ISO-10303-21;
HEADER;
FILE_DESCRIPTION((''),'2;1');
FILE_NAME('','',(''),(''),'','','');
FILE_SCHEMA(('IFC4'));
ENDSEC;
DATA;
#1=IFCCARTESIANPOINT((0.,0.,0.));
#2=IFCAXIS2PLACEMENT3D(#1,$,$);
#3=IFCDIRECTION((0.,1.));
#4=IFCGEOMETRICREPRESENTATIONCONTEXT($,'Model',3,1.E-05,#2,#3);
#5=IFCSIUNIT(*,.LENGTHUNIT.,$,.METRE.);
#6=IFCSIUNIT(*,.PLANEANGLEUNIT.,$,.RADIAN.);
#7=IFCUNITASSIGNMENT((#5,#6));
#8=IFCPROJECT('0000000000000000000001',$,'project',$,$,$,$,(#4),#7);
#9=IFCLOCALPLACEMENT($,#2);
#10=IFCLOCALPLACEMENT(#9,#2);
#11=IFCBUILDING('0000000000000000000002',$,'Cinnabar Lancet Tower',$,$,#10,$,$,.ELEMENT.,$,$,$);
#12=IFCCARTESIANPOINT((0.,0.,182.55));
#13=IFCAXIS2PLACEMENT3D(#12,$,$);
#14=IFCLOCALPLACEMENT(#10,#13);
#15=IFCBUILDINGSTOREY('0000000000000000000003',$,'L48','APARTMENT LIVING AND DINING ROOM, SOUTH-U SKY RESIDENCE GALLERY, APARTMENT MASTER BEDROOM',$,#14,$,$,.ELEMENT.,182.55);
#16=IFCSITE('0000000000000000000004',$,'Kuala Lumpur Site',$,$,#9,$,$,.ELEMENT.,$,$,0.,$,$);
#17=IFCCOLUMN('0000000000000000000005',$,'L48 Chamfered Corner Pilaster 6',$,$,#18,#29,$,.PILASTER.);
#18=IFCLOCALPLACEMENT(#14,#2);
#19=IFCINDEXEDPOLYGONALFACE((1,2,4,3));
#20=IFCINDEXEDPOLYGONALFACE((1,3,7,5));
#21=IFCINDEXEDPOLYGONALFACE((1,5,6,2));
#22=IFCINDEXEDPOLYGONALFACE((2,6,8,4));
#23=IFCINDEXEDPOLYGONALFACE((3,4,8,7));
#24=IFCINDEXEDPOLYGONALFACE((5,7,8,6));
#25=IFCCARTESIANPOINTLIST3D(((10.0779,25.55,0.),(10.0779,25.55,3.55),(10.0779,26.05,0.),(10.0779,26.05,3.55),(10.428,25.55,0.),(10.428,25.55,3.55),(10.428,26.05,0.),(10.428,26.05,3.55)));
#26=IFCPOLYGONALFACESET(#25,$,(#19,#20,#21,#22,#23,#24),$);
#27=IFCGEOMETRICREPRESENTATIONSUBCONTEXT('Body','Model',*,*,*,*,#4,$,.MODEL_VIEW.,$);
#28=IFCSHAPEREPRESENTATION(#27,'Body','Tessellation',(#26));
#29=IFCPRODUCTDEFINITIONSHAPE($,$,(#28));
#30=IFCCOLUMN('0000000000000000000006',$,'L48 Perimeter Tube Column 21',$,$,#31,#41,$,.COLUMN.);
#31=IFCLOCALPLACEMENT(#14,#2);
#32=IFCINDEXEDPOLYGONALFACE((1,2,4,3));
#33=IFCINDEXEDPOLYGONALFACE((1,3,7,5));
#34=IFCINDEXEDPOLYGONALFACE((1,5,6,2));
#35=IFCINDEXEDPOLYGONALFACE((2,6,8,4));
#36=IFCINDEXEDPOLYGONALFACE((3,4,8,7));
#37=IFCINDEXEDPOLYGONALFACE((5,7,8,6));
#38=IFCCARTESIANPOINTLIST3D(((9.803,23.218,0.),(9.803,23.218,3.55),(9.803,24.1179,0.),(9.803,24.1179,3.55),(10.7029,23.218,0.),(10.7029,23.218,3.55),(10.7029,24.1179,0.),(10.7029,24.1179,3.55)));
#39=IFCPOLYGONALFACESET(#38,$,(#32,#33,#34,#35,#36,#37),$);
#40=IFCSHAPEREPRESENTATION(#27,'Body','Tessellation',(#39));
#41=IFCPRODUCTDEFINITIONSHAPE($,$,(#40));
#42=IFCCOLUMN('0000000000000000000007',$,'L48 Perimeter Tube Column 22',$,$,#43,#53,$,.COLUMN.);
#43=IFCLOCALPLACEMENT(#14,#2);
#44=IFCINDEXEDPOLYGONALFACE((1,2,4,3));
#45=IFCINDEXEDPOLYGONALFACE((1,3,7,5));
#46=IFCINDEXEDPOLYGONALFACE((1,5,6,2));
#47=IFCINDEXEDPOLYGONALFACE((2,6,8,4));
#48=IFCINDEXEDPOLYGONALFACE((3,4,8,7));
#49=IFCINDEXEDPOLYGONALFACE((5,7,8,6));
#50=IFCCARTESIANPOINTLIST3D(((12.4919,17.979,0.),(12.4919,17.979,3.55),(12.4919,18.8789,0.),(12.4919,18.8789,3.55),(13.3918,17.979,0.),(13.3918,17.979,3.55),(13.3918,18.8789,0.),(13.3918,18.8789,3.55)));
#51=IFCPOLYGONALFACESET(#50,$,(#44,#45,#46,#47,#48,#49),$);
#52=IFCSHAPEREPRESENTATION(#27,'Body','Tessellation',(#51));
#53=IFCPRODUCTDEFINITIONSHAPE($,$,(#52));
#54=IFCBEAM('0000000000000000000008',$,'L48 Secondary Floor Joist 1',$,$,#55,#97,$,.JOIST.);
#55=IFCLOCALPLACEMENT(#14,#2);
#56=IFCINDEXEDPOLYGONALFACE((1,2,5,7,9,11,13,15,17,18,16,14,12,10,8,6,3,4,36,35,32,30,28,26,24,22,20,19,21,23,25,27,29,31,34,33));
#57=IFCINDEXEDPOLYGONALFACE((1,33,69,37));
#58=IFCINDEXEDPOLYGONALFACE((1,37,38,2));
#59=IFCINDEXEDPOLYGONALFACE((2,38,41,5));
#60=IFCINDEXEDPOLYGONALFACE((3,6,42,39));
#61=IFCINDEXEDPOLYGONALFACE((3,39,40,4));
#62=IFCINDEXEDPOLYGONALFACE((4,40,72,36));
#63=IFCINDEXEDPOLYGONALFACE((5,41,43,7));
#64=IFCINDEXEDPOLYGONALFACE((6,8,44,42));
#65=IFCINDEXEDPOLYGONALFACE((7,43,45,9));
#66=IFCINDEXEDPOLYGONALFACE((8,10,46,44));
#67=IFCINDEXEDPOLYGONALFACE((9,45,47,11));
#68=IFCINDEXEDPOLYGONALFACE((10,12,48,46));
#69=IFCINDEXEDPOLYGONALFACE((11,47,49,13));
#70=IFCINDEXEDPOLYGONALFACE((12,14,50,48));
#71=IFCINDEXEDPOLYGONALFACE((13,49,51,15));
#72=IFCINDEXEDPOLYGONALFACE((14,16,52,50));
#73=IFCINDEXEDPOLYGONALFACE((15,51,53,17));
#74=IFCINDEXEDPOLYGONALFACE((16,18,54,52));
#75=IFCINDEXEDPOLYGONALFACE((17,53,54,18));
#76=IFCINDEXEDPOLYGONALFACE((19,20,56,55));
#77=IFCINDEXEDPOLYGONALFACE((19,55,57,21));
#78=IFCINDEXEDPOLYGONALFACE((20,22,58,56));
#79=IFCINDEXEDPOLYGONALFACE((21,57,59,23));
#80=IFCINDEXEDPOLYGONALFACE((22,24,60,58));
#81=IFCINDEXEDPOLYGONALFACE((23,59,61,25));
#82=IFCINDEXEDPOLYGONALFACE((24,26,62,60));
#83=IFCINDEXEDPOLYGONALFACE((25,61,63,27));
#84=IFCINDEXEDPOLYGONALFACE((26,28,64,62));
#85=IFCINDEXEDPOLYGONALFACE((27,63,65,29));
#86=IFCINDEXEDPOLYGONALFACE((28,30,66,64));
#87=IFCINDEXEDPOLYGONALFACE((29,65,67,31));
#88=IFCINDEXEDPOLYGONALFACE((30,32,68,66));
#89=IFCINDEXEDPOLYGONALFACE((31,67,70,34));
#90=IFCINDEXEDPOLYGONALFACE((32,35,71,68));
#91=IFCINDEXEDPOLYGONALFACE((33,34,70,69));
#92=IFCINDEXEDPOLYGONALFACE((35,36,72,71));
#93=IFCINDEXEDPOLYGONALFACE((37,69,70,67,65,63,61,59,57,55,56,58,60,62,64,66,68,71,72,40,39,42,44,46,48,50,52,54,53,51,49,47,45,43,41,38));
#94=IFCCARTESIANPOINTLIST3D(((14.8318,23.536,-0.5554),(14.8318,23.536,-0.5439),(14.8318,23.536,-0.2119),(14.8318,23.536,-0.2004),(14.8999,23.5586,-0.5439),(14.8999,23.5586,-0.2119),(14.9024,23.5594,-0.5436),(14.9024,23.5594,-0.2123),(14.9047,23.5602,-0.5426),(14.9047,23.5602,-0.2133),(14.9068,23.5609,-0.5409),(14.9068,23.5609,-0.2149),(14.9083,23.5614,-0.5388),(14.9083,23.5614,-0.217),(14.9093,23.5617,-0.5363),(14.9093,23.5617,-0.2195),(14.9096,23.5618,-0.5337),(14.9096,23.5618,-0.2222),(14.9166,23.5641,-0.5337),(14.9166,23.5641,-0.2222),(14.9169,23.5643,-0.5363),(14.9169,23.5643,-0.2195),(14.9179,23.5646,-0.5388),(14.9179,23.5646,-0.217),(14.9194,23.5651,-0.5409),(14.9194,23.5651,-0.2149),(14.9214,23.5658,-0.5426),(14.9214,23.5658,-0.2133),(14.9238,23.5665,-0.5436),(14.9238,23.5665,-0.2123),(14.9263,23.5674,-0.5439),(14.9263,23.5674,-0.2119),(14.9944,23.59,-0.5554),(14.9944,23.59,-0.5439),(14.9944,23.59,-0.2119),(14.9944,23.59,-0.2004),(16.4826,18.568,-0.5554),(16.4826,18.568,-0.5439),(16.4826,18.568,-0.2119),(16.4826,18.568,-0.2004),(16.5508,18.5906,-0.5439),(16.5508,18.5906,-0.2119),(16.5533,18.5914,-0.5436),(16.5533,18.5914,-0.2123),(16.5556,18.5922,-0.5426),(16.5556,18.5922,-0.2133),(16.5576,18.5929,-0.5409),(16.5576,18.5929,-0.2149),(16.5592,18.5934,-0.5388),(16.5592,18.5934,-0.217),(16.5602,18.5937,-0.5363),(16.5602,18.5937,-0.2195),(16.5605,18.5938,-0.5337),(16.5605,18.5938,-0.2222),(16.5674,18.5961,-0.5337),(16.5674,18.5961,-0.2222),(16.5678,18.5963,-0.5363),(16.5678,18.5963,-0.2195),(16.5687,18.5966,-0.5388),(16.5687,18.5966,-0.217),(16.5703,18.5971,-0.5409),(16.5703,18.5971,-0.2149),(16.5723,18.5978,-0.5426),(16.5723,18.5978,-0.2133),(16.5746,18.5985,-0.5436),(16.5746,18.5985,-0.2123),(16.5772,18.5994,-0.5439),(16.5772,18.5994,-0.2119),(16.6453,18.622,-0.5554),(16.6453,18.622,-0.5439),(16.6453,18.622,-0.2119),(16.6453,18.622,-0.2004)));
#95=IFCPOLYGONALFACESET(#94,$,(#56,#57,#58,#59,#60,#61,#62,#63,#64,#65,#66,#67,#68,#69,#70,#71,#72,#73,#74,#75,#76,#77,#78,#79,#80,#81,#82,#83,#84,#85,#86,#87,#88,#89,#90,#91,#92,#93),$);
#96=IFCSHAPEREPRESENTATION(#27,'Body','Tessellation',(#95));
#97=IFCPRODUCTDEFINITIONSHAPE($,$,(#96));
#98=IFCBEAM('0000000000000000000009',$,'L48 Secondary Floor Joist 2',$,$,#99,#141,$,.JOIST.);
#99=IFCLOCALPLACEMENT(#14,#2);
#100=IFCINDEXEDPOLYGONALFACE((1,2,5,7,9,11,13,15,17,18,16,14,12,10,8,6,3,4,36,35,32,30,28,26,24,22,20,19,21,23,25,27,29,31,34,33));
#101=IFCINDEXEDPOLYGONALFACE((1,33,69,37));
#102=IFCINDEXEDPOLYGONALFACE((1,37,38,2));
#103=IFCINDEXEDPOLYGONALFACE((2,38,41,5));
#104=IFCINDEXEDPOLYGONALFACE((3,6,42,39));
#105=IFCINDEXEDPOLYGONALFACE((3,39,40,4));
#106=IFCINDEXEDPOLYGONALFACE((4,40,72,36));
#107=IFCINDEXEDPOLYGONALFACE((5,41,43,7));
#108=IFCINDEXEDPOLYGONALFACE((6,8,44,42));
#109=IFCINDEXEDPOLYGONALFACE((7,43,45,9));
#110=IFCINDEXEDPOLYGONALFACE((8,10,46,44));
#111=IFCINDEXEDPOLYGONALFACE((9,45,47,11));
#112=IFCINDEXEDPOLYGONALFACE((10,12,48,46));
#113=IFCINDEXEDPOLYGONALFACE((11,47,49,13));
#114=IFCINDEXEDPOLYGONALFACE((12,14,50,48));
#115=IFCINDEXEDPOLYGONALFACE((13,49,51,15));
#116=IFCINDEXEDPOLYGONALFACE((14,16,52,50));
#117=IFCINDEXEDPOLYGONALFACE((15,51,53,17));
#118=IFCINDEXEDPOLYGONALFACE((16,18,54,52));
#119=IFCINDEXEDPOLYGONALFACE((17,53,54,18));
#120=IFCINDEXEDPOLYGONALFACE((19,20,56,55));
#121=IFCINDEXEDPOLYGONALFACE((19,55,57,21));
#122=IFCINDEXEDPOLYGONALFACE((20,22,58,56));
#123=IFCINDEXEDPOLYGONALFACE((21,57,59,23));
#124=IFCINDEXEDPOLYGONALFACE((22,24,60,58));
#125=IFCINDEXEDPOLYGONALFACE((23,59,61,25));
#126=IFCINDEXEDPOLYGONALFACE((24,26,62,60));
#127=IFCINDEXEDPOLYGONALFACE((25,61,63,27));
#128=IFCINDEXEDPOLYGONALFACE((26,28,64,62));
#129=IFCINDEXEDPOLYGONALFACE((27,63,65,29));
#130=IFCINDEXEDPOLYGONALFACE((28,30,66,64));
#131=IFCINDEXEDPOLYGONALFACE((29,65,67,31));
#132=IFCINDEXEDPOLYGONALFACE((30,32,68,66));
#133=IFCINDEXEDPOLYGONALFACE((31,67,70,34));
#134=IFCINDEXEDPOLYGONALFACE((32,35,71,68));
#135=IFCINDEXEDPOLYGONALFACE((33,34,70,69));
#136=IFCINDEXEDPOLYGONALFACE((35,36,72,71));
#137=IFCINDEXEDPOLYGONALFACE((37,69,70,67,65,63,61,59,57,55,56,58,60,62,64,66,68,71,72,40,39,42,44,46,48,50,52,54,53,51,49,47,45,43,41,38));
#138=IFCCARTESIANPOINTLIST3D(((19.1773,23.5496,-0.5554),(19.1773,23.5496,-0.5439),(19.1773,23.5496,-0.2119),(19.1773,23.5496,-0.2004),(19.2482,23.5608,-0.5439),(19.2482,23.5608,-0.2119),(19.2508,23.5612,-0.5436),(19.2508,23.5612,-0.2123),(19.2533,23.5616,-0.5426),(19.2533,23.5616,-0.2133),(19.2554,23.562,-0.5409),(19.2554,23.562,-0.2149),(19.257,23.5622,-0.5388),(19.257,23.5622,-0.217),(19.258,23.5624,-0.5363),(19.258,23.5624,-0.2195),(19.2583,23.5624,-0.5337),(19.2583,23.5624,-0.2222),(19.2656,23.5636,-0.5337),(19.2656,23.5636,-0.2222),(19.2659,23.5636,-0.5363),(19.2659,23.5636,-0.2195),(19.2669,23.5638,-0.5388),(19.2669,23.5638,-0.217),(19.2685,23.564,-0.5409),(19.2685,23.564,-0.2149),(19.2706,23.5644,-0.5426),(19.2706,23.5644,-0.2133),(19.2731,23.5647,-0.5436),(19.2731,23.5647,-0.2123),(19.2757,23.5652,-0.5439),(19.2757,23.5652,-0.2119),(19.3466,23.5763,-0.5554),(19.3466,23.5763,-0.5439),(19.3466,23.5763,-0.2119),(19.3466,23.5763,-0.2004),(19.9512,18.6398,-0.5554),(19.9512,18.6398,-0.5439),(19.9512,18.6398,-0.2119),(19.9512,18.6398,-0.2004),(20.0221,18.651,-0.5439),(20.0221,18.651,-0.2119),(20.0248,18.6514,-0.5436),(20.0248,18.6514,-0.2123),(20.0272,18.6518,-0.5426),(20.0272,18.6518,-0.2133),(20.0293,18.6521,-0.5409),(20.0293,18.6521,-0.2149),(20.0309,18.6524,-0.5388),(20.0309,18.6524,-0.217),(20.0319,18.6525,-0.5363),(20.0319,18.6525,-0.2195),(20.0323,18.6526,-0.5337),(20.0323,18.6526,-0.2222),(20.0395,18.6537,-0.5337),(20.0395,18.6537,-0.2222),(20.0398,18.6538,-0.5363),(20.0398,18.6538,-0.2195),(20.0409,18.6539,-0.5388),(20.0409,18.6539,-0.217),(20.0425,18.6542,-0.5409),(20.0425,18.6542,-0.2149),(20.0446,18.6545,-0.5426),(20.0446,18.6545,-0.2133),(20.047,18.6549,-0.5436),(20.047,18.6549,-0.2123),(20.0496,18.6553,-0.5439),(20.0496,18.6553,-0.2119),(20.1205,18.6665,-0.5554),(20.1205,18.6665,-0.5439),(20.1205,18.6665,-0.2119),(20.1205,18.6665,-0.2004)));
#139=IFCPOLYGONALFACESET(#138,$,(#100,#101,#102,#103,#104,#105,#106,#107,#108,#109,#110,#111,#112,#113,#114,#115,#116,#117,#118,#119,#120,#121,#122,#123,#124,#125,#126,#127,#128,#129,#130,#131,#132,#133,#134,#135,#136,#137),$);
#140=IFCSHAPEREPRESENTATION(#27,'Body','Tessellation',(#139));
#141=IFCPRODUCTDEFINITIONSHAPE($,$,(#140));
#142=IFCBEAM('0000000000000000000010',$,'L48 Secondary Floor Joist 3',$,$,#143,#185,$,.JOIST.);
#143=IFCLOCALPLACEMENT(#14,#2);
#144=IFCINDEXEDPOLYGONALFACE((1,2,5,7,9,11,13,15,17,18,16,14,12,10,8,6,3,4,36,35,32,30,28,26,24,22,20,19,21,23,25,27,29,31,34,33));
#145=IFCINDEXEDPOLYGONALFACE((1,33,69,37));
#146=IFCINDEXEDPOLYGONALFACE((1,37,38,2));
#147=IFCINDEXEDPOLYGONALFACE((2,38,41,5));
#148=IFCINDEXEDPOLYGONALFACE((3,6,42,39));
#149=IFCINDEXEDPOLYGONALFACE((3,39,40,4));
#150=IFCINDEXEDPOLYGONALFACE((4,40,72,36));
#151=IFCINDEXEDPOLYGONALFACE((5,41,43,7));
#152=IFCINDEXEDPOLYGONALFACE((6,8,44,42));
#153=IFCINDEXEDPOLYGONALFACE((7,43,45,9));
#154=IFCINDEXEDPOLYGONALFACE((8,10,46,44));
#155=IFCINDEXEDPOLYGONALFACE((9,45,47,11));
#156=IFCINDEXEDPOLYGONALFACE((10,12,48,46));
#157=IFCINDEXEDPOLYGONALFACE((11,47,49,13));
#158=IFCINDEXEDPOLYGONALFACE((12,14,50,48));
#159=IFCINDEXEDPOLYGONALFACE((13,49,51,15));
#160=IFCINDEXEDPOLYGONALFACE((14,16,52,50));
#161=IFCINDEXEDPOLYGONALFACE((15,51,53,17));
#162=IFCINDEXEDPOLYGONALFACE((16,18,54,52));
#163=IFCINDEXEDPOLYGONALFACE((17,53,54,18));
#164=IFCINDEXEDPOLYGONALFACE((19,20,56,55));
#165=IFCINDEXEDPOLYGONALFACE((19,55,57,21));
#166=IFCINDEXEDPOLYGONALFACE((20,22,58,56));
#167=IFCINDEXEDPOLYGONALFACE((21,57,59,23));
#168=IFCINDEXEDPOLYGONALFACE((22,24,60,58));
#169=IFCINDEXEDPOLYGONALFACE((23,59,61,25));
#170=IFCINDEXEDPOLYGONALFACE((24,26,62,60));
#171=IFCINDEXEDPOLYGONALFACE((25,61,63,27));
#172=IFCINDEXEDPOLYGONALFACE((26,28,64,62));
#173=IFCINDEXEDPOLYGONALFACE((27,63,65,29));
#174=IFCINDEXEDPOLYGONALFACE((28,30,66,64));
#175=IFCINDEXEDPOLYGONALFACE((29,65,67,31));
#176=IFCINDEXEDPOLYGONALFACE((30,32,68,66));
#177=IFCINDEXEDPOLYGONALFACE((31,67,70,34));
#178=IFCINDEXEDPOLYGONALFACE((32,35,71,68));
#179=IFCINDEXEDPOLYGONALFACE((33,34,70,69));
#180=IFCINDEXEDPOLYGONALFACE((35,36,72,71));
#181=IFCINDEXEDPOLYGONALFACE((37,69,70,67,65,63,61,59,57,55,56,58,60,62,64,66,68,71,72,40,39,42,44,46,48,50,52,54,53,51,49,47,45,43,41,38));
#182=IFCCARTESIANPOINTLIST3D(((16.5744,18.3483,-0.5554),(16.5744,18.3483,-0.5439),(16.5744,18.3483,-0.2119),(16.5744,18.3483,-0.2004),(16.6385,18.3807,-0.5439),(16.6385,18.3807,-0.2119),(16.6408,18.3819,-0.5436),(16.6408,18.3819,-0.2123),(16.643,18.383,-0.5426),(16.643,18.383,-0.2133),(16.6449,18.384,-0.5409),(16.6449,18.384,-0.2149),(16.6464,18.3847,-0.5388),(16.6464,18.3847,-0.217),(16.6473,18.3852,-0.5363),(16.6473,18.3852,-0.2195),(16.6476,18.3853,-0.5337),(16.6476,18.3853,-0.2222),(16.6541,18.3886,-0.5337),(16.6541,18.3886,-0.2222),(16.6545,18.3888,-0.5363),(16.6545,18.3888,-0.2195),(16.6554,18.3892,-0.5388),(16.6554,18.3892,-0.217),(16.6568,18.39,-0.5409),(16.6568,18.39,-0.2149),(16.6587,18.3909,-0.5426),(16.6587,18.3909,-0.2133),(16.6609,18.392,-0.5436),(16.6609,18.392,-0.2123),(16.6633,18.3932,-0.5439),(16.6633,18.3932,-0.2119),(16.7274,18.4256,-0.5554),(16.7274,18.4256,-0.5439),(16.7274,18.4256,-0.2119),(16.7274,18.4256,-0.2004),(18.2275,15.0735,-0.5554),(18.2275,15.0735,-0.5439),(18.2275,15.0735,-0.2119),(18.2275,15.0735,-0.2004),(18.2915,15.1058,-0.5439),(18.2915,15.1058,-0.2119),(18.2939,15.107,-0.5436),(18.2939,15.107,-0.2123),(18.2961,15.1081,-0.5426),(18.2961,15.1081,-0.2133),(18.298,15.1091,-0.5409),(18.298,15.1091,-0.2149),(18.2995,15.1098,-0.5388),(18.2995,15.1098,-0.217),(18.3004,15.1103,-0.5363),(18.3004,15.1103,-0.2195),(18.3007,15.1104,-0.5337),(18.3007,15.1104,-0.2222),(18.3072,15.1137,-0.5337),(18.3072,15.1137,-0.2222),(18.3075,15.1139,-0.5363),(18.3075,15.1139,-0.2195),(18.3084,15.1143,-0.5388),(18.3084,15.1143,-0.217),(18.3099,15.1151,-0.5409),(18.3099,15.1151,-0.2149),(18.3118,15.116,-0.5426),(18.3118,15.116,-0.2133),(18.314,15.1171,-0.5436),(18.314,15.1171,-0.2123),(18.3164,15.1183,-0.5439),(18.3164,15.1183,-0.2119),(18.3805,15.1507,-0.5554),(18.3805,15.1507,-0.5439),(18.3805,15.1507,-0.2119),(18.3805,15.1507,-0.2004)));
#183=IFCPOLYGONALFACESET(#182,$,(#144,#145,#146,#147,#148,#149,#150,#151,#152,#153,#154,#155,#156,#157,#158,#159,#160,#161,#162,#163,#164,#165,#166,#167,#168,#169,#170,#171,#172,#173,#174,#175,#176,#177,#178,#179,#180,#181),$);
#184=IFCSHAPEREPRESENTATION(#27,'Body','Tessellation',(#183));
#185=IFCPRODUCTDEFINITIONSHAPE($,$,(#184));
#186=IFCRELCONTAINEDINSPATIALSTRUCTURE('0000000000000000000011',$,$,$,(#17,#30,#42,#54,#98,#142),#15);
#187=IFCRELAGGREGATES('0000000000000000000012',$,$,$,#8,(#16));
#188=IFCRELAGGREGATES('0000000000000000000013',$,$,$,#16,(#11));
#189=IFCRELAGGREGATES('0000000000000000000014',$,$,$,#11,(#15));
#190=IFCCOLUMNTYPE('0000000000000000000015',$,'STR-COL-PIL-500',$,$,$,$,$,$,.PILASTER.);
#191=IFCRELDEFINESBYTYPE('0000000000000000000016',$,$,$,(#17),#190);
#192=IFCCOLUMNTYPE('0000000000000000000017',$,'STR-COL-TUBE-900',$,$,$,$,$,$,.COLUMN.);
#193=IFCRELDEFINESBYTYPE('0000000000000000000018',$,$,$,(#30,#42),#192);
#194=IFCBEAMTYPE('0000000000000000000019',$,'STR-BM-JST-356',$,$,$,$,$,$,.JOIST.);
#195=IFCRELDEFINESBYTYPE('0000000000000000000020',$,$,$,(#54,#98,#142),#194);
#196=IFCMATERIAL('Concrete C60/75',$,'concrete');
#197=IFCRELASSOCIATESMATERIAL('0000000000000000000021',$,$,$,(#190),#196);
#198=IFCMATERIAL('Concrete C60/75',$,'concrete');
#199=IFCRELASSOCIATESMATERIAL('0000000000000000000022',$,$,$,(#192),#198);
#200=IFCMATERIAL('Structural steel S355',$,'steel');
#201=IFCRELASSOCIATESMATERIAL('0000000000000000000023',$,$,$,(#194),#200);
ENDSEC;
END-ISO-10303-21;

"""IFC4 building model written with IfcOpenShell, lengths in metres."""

from ifc_helpers import new_model, si_unit, direction, frame, origin, origin_2d, place, context, subcontext, project, spatial, rectangle, i_section, extrude, material, material_profile, profile_set, type_object, element, save


model = new_model("IFC4")

# Units and contexts
model_context = context("Model", 3, precision=1e-05, world=origin(), true_north=direction((0.0, 1.0)))
body_context = subcontext(model_context, "Body", "Model", "MODEL_VIEW")
ifc_project = project(units=[si_unit("LENGTHUNIT", "METRE"), si_unit("PLANEANGLEUNIT", "RADIAN")], contexts=[model_context])

# Site, building, storey
site_placement = place(None, origin())
site = spatial("IfcSite", under=ifc_project, at=site_placement, Name="Kuala Lumpur Site", CompositionType="ELEMENT", RefElevation=0.0)
building_placement = place(site_placement, origin())
building = spatial("IfcBuilding", under=site, at=building_placement, Name="Cinnabar Lancet Tower", CompositionType="ELEMENT")
storey_placement = place(building_placement, frame((0.0, 0.0, 182.55)))
storey = spatial("IfcBuildingStorey", under=building, at=storey_placement, Name="L48", Description="APARTMENT LIVING AND DINING ROOM, SOUTH-U SKY RESIDENCE GALLERY, APARTMENT MASTER BEDROOM", CompositionType="ELEMENT", Elevation=182.55)

# Columns
ifc_material_1 = material(Name="Concrete C60/75", Category="concrete")
ifc_material_profile_1 = material_profile(ifc_material_1, rectangle(XDim=0.5, YDim=0.3501, at=origin_2d()), Name="RC-PIL 500x350")
ifc_profile_set_1 = profile_set([ifc_material_profile_1], Name="Concrete C60/75")
column_type_1 = type_object("IfcColumnType", Name="STR-COL-PIL-500", PredefinedType="PILASTER", material=ifc_profile_set_1)
column_placement = place(storey_placement, frame((10.2529, 25.8, 0.0), z_axis=(0.0, 0.0, 1.0), x_axis=(0.0, -1.0, 0.0)))
element("IfcColumn", 1, at=column_placement, inside=storey, type_object=column_type_1, Name="L48 Chamfered Corner Pilaster 6", PredefinedType="PILASTER", context=body_context, shape_type="SweptSolid", body=[
    extrude(rectangle(XDim=0.5, YDim=0.3501, at=origin_2d()), origin(), (0.0, 0.0, 1.0), 3.55),
])
ifc_material_2 = material(Name="Concrete C60/75", Category="concrete")
ifc_material_profile_2 = material_profile(ifc_material_2, rectangle(XDim=0.8999, YDim=0.8999, at=origin_2d()), Name="RC-COL 900x900")
ifc_profile_set_2 = profile_set([ifc_material_profile_2], Name="Concrete C60/75")
column_type_2 = type_object("IfcColumnType", Name="STR-COL-TUBE-900", PredefinedType="COLUMN", material=ifc_profile_set_2)
for number, where, z_axis, x_axis, name in (
    (2, (10.2529, 23.668, 0.0), (0.0, 0.0, 1.0), (1.0, 0.0, 0.0), "L48 Perimeter Tube Column 21"),
    (3, (12.9419, 18.429, 0.0), (0.0, 0.0, 1.0), (1.0, 0.0, 0.0), "L48 Perimeter Tube Column 22"),
):
    element("IfcColumn", number, at=place(storey_placement, frame(where, z_axis=z_axis, x_axis=x_axis)), inside=storey, type_object=column_type_2, Name=name, PredefinedType="COLUMN", context=body_context, shape_type="SweptSolid", body=[
        extrude(rectangle(XDim=0.8999, YDim=0.8999, at=origin_2d()), origin(), (0.0, 0.0, 1.0), 3.55),
    ])

# Beams
ifc_material_3 = material(Name="Structural steel S355", Category="steel")
ifc_material_profile_3 = material_profile(ifc_material_3, i_section(OverallWidth=0.1714, OverallDepth=0.355, WebThickness=0.0073, FlangeThickness=0.0115, FilletRadius=0.0103, at=origin_2d()), Name="UKB 356x171x51")
ifc_profile_set_3 = profile_set([ifc_material_profile_3], Name="Structural steel S355")
beam_type_1 = type_object("IfcBeamType", Name="STR-BM-JST-356", PredefinedType="JOIST", material=ifc_profile_set_3)
beam_1_placement = place(storey_placement, frame((14.9131, 23.563, -0.3779), z_axis=(0.315346, -0.948977, 0.0), x_axis=(0.948977, 0.315346, 0.0)))
element("IfcBeam", 4, at=beam_1_placement, inside=storey, type_object=beam_type_1, Name="L48 Secondary Floor Joist 1", PredefinedType="JOIST", context=body_context, shape_type="SweptSolid", body=[
    extrude(i_section(OverallWidth=0.1714, OverallDepth=0.355, WebThickness=0.0073, FlangeThickness=0.0115, FilletRadius=0.0103, at=origin_2d()), origin(), (0.0, 0.0, 1.0), 5.2351),
])
beam_2_placement = place(storey_placement, frame((19.262, 23.563, -0.3779), z_axis=(0.155703, -0.987804, 0.0), x_axis=(0.987804, 0.155703, 0.0)))
element("IfcBeam", 5, at=beam_2_placement, inside=storey, type_object=beam_type_1, Name="L48 Secondary Floor Joist 2", PredefinedType="JOIST", context=body_context, shape_type="SweptSolid", body=[
    extrude(i_section(OverallWidth=0.1714, OverallDepth=0.355, WebThickness=0.0073, FlangeThickness=0.0115, FilletRadius=0.0103, at=origin_2d()), origin(), (0.0, 0.0, 1.0), 4.9705),
])
beam_3_placement = place(storey_placement, frame((16.6509, 18.387, -0.3779), z_axis=(0.450618, -0.892717, 0.0), x_axis=(0.892717, 0.450618, 0.0)))
element("IfcBeam", 6, at=beam_3_placement, inside=storey, type_object=beam_type_1, Name="L48 Secondary Floor Joist 3", PredefinedType="JOIST", context=body_context, shape_type="SweptSolid", body=[
    extrude(i_section(OverallWidth=0.1714, OverallDepth=0.355, WebThickness=0.0073, FlangeThickness=0.0115, FilletRadius=0.0103, at=origin_2d()), origin(), (0.0, 0.0, 1.0), 3.6685),
])

save(model, "model.ifc")
